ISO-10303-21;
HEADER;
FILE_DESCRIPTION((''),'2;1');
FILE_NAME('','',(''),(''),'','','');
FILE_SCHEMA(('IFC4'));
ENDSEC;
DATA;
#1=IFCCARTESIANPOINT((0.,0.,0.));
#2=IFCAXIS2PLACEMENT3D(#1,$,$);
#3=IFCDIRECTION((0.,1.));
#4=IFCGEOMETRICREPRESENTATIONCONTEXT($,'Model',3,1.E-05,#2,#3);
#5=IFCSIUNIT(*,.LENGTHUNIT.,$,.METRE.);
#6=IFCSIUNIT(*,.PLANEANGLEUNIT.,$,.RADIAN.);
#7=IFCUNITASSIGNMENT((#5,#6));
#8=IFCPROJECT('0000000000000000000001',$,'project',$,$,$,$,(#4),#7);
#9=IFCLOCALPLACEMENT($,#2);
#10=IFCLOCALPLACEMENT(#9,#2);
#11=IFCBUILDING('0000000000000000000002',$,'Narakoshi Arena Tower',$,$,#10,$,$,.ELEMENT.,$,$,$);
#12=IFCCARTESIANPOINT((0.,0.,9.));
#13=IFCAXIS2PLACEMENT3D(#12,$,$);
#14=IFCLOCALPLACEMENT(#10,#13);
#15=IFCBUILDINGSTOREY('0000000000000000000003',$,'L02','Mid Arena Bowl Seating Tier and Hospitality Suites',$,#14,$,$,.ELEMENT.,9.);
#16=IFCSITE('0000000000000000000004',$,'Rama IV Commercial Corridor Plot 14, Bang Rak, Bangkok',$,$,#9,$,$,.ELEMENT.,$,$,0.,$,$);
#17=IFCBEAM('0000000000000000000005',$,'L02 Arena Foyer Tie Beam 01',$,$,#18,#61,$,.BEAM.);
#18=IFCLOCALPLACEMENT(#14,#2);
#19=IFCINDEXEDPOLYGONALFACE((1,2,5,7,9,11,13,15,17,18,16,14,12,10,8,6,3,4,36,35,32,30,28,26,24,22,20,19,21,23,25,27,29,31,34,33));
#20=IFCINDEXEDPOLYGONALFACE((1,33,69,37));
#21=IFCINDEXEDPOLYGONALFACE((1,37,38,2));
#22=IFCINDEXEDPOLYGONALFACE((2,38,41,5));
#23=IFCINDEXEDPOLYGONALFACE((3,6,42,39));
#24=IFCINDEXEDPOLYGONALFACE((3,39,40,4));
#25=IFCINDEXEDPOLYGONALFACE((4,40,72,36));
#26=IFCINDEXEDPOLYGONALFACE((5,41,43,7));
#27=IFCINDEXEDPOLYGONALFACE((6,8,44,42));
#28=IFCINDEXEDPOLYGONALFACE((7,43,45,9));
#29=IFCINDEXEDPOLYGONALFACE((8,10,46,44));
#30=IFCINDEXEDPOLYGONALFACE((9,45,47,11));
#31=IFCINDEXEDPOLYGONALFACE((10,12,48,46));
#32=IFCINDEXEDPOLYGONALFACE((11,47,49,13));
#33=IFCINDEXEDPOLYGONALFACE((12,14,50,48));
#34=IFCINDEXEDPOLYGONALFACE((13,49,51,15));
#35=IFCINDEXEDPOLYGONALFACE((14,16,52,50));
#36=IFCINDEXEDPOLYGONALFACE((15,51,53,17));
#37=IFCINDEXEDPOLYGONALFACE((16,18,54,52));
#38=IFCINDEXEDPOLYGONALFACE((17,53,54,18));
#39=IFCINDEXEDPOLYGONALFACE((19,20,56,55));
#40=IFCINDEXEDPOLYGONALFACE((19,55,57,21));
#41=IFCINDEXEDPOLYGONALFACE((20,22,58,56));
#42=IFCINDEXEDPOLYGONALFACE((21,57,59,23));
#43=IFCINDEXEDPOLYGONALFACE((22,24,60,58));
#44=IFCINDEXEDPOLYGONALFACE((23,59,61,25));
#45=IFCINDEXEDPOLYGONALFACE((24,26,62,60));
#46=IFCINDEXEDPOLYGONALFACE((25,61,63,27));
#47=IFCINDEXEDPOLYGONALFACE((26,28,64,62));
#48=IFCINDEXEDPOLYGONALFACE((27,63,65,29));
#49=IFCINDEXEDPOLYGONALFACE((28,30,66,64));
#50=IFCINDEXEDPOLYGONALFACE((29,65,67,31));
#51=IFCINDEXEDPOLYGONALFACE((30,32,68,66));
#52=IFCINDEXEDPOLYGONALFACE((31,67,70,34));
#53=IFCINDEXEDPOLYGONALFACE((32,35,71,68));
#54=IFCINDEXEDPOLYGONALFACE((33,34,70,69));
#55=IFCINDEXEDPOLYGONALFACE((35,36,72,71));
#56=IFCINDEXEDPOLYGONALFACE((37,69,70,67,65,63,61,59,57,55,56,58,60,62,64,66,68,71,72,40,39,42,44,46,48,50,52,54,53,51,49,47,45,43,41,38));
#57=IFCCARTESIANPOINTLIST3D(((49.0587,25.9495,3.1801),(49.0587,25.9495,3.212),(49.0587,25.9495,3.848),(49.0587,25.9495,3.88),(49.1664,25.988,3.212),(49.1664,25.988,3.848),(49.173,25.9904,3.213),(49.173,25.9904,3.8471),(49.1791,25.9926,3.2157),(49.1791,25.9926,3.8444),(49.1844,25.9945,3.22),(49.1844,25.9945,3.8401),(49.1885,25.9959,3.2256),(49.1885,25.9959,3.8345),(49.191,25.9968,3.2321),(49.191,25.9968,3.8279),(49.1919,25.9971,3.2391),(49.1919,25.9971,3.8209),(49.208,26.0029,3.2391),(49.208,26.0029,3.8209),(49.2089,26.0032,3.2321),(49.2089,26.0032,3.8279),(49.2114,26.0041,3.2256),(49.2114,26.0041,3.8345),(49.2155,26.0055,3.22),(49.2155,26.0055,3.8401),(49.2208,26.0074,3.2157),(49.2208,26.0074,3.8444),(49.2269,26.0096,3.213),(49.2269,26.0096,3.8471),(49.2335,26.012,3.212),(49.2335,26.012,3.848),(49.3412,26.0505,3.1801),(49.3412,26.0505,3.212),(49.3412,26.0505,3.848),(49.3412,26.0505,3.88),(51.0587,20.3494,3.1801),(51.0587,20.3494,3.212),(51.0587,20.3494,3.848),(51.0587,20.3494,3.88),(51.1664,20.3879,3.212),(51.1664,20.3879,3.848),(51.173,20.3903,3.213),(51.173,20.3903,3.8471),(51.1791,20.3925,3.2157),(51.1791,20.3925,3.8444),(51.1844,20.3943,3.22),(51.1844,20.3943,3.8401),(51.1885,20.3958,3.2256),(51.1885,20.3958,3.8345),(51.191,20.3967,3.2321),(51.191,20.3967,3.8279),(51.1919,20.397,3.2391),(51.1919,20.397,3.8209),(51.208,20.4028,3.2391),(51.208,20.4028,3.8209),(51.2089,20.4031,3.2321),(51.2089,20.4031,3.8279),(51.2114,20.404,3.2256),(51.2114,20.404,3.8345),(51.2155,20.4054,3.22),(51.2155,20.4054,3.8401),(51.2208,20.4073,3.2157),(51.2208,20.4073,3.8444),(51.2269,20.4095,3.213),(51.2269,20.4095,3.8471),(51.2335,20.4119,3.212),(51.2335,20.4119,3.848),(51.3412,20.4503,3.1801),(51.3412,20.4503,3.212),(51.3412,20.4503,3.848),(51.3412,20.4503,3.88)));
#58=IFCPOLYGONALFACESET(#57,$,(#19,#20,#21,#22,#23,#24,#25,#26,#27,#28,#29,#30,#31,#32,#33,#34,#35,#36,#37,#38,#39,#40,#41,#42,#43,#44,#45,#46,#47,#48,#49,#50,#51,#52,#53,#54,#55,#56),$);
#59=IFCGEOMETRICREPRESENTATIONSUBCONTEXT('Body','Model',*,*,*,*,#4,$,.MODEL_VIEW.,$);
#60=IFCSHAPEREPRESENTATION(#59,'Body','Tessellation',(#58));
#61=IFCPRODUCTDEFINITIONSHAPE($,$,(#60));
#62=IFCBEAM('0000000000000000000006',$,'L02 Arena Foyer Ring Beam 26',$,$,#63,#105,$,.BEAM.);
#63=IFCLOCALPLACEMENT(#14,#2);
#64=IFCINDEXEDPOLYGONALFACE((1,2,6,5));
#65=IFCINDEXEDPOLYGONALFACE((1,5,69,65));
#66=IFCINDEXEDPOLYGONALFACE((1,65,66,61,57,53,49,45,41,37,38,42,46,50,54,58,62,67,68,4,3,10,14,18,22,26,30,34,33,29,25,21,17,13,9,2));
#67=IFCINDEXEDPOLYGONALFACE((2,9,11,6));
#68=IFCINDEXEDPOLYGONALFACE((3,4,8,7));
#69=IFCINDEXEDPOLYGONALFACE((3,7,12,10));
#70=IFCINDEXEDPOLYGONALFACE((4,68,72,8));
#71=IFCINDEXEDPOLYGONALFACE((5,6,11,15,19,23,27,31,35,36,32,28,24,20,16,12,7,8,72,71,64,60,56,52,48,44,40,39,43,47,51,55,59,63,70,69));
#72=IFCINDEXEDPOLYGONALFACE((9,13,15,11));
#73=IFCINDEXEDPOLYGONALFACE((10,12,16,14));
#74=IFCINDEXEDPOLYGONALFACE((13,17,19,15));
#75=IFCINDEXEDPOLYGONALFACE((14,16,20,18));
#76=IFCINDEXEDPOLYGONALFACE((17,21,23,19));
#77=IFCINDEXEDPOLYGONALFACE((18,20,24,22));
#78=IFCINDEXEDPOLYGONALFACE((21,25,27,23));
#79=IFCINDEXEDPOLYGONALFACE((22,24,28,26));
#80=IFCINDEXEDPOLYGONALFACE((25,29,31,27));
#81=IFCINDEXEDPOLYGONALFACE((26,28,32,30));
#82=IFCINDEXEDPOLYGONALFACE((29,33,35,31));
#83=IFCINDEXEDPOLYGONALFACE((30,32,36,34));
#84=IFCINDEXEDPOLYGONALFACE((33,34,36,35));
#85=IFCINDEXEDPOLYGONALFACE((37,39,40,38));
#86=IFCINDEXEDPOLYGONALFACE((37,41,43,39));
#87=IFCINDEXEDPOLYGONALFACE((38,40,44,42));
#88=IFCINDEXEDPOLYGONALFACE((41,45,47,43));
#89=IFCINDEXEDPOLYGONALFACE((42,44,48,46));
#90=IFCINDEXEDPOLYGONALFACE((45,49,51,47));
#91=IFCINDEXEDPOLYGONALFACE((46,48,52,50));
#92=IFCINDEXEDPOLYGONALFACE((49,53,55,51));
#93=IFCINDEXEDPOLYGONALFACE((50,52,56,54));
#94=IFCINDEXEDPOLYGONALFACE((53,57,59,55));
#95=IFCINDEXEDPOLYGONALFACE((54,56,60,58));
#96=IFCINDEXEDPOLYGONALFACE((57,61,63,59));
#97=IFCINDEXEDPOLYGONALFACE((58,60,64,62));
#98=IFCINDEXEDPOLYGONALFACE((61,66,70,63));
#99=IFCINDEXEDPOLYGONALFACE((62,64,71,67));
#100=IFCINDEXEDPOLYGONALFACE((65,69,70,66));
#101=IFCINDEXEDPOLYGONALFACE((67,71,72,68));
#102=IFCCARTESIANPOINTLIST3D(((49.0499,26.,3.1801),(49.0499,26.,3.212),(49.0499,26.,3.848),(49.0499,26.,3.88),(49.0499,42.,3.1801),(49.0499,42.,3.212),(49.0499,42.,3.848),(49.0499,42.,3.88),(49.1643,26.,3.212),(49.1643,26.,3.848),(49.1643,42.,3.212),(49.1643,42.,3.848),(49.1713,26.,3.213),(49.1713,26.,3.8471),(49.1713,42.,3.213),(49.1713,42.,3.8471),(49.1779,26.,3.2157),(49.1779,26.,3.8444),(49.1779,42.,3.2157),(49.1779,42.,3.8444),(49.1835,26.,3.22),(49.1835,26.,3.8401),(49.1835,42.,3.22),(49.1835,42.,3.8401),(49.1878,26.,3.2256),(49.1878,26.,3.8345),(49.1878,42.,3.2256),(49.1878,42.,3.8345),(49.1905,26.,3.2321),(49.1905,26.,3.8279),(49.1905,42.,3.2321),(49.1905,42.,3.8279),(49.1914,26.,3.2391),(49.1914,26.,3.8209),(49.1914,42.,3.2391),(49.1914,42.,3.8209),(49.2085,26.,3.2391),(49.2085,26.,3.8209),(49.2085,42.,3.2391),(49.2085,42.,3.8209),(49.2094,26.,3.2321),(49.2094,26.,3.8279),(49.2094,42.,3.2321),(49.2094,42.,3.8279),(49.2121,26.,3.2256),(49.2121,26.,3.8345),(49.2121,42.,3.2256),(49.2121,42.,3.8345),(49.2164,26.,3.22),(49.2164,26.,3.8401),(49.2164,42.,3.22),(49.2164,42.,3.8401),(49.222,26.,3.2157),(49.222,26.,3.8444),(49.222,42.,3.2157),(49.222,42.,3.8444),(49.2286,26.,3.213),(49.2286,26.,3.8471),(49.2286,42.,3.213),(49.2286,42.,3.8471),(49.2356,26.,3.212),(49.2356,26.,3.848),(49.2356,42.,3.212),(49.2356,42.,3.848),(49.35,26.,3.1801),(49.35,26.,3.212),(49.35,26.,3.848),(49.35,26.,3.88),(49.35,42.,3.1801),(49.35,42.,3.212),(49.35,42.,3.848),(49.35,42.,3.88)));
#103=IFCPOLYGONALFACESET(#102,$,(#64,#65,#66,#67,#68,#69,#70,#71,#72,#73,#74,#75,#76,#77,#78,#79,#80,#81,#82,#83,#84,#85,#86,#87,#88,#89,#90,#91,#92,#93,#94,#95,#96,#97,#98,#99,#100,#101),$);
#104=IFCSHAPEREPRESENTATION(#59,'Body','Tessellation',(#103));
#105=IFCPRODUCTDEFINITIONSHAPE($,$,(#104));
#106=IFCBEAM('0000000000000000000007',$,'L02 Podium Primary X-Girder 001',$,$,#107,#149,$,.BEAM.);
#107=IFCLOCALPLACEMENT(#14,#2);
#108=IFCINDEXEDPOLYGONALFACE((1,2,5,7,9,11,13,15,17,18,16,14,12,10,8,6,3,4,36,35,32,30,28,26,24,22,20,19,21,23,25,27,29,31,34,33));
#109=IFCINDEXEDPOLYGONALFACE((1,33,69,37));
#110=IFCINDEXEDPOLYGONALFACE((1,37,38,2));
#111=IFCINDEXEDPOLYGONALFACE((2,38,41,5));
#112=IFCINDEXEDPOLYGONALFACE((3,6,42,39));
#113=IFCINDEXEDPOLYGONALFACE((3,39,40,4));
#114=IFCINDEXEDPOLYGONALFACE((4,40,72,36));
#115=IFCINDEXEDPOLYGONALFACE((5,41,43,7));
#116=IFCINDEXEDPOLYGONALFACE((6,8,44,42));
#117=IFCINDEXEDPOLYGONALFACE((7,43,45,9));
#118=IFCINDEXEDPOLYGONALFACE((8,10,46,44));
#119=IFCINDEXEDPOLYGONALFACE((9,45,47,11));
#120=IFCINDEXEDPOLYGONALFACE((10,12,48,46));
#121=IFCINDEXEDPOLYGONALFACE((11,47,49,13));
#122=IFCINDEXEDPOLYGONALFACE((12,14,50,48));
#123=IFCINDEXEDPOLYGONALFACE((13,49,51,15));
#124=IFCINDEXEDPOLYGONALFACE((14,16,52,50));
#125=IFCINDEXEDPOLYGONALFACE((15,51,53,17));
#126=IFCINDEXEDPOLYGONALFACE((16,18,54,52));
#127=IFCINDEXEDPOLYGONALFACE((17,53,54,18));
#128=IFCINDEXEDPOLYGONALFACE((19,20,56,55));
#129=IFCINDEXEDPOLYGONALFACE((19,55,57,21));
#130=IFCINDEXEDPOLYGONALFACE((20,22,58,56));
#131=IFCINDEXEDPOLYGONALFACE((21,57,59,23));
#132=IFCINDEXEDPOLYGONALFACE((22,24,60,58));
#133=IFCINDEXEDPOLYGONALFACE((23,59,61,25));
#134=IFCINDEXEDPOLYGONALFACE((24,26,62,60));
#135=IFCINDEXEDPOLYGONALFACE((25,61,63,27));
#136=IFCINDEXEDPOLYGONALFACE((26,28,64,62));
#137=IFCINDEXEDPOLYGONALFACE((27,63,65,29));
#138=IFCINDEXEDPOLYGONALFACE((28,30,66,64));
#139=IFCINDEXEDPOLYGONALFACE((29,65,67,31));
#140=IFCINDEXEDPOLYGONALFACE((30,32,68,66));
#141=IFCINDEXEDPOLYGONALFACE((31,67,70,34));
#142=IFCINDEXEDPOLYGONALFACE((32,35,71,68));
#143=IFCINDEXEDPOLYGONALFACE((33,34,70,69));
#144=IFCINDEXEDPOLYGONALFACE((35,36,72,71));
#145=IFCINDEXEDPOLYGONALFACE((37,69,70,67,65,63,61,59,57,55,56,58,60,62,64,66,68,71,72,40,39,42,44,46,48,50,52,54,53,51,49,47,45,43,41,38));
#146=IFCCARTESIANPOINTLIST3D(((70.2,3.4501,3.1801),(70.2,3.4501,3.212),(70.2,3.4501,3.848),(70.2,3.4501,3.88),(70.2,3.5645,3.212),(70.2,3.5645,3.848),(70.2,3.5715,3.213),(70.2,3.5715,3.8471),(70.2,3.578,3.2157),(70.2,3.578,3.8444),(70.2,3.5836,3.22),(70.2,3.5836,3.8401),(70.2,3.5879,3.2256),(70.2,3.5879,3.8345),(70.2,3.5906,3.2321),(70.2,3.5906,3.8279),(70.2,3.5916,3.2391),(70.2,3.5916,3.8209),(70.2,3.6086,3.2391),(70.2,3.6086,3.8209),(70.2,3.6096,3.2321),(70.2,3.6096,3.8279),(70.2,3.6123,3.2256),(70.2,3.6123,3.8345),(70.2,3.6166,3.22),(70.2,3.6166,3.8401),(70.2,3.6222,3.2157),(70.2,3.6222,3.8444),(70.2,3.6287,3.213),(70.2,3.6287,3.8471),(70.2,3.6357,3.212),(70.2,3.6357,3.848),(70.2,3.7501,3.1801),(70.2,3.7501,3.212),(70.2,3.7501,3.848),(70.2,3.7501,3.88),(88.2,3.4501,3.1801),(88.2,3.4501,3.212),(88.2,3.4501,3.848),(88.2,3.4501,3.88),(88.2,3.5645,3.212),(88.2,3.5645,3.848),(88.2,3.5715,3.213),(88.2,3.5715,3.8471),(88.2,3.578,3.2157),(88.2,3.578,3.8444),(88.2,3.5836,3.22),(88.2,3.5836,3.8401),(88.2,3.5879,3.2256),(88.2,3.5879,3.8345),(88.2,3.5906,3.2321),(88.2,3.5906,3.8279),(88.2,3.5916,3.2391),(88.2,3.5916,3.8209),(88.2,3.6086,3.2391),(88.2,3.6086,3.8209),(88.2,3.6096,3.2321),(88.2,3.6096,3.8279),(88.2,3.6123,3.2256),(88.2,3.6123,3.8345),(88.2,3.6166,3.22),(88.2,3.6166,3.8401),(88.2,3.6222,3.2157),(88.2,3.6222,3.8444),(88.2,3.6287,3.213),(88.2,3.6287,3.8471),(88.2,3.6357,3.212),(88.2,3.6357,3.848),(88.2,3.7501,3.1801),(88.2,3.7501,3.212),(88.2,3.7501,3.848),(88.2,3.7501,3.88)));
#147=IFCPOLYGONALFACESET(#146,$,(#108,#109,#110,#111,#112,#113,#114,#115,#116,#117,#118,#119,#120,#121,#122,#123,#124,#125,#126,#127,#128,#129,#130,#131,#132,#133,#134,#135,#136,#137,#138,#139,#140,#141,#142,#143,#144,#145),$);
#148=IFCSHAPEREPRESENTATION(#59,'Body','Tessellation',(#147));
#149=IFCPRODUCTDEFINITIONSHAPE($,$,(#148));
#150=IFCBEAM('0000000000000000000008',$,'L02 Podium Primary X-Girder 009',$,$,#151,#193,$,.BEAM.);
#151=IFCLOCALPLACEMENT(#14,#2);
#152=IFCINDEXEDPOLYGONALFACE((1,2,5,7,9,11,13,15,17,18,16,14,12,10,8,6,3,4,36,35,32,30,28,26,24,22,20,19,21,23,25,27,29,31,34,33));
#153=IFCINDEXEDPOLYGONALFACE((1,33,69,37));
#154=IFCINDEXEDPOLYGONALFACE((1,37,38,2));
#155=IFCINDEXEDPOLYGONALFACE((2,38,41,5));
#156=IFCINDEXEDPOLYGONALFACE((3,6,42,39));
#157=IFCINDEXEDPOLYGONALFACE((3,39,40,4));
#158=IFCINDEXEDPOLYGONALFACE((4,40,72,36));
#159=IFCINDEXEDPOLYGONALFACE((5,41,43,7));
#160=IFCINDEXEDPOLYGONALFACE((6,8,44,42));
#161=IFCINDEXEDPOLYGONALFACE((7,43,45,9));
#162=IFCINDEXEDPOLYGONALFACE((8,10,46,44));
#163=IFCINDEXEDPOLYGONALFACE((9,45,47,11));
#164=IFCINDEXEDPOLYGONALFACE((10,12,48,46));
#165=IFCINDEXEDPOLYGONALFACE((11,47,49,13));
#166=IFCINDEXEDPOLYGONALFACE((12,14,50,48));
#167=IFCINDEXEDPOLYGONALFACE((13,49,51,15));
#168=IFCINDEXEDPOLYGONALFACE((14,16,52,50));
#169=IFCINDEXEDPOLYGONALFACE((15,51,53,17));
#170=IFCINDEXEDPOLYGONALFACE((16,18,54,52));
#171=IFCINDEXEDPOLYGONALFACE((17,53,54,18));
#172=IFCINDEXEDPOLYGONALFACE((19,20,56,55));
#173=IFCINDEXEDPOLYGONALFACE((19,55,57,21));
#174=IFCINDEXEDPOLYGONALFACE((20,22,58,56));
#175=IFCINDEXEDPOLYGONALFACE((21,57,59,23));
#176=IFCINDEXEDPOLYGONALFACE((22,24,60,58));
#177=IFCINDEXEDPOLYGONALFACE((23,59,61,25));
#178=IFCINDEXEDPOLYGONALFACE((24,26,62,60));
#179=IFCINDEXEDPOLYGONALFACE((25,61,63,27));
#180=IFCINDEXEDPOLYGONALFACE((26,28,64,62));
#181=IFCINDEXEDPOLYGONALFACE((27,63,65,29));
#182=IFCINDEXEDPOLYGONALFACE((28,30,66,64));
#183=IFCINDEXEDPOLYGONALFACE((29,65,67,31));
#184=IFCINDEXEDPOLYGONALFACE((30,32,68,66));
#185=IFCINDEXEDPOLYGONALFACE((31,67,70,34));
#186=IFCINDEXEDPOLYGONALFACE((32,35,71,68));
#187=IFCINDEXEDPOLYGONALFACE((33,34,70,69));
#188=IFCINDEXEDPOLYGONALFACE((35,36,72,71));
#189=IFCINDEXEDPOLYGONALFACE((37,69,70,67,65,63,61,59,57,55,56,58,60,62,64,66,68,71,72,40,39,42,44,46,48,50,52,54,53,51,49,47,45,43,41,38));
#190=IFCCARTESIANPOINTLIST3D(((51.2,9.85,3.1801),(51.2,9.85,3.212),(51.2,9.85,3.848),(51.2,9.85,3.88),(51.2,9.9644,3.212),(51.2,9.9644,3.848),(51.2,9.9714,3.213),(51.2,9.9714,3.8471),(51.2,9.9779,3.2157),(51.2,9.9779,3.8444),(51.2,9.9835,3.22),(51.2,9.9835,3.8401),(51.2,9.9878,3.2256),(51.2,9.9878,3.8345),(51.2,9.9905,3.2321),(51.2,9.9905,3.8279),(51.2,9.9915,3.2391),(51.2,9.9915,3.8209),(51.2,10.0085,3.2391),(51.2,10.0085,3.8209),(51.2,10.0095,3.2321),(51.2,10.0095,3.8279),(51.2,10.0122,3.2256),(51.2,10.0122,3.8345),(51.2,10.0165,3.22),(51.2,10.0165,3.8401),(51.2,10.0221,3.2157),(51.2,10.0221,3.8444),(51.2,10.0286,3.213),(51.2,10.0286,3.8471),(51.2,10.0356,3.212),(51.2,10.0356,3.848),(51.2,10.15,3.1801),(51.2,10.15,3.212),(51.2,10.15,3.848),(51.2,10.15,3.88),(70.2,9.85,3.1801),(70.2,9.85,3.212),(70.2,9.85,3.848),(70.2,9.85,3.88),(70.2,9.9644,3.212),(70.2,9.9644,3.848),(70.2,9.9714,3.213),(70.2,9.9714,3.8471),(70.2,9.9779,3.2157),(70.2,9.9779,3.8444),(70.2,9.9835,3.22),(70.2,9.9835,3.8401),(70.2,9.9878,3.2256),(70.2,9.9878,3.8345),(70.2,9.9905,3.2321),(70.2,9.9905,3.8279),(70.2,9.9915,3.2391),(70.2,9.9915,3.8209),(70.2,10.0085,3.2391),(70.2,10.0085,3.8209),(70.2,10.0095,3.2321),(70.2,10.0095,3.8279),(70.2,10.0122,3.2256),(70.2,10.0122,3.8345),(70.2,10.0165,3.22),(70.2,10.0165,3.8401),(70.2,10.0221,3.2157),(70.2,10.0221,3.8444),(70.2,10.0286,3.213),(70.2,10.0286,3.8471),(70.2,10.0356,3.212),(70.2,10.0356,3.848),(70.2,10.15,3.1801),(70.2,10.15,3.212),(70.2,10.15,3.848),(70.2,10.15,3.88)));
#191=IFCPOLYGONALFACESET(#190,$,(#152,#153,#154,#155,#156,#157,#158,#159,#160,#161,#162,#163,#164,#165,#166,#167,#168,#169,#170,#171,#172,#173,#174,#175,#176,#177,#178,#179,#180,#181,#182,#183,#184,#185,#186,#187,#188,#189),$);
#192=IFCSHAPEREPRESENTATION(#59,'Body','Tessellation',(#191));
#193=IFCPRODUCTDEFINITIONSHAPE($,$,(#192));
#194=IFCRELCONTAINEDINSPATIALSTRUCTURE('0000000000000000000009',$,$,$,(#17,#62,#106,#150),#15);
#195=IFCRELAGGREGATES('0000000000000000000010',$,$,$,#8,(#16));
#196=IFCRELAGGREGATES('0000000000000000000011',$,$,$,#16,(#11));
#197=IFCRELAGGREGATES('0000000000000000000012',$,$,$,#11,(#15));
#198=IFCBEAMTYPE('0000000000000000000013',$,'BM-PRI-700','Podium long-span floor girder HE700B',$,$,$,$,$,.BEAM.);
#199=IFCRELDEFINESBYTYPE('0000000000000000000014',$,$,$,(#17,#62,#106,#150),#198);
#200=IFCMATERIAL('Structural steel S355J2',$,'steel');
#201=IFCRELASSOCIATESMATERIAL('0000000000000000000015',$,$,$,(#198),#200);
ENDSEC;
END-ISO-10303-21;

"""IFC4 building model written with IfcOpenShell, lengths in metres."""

from ifc_helpers import new_model, si_unit, direction, frame, origin, origin_2d, place, context, subcontext, project, spatial, i_section, extrude, material, material_profile, profile_set, type_object, element, save


model = new_model("IFC4")

# Units and contexts
model_context = context("Model", 3, precision=1e-05, world=origin(), true_north=direction((0.0, 1.0)))
body_context = subcontext(model_context, "Body", "Model", "MODEL_VIEW")
ifc_project = project(units=[si_unit("LENGTHUNIT", "METRE"), si_unit("PLANEANGLEUNIT", "RADIAN")], contexts=[model_context])

# Site, building, storey
site_placement = place(None, origin())
site = spatial("IfcSite", under=ifc_project, at=site_placement, Name="Rama IV Commercial Corridor Plot 14, Bang Rak, Bangkok", CompositionType="ELEMENT", RefElevation=0.0)
building_placement = place(site_placement, origin())
building = spatial("IfcBuilding", under=site, at=building_placement, Name="Narakoshi Arena Tower", CompositionType="ELEMENT")
storey_placement = place(building_placement, frame((0.0, 0.0, 9.0)))
storey = spatial("IfcBuildingStorey", under=building, at=storey_placement, Name="L02", Description="Mid Arena Bowl Seating Tier and Hospitality Suites", CompositionType="ELEMENT", Elevation=9.0)

# Beams
ifc_material_1 = material(Name="Structural steel S355J2", Category="steel")
ifc_material_profile_1 = material_profile(ifc_material_1, i_section(OverallWidth=0.3, OverallDepth=0.7, WebThickness=0.0171, FlangeThickness=0.032, FilletRadius=0.0271, at=origin_2d()), Name="HE700B")
ifc_profile_set_1 = profile_set([ifc_material_profile_1], Name="Structural steel S355J2")
beam_type_1 = type_object("IfcBeamType", Name="BM-PRI-700", Description="Podium long-span floor girder HE700B", PredefinedType="BEAM", material=ifc_profile_set_1)
beam_1_placement = place(storey_placement, frame((49.2, 26.0, 3.53), z_axis=(0.336331, -0.941744, 0.0), x_axis=(0.941744, 0.336331, 0.0)))
element("IfcBeam", 1, at=beam_1_placement, inside=storey, type_object=beam_type_1, Name="L02 Arena Foyer Tie Beam 01", PredefinedType="BEAM", context=body_context, shape_type="SweptSolid", body=[
    extrude(i_section(OverallWidth=0.3, OverallDepth=0.7, WebThickness=0.0171, FlangeThickness=0.032, FilletRadius=0.0271, at=origin_2d()), origin(), (0.0, 0.0, 1.0), 5.9465),
])
beam_2_placement = place(storey_placement, frame((49.2, 26.0, 3.53), z_axis=(0.0, 1.0, 0.0), x_axis=(-1.0, 0.0, 0.0)))
element("IfcBeam", 2, at=beam_2_placement, inside=storey, type_object=beam_type_1, Name="L02 Arena Foyer Ring Beam 26", PredefinedType="BEAM", context=body_context, shape_type="SweptSolid", body=[
    extrude(i_section(OverallWidth=0.3, OverallDepth=0.7, WebThickness=0.0171, FlangeThickness=0.032, FilletRadius=0.0271, at=origin_2d()), origin(), (0.0, 0.0, 1.0), 16.0),
])
beam_3_placement = place(storey_placement, frame((70.2, 3.6001, 3.53), z_axis=(1.0, 0.0, 0.0), x_axis=(0.0, 1.0, 0.0)))
element("IfcBeam", 3, at=beam_3_placement, inside=storey, type_object=beam_type_1, Name="L02 Podium Primary X-Girder 001", PredefinedType="BEAM", context=body_context, shape_type="SweptSolid", body=[
    extrude(i_section(OverallWidth=0.3, OverallDepth=0.7, WebThickness=0.0171, FlangeThickness=0.032, FilletRadius=0.0271, at=origin_2d()), origin(), (0.0, 0.0, 1.0), 18.0),
])
beam_4_placement = place(storey_placement, frame((51.2, 10.0, 3.53), z_axis=(1.0, 0.0, 0.0), x_axis=(0.0, 1.0, 0.0)))
element("IfcBeam", 4, at=beam_4_placement, inside=storey, type_object=beam_type_1, Name="L02 Podium Primary X-Girder 009", PredefinedType="BEAM", context=body_context, shape_type="SweptSolid", body=[
    extrude(i_section(OverallWidth=0.3, OverallDepth=0.7, WebThickness=0.0171, FlangeThickness=0.032, FilletRadius=0.0271, at=origin_2d()), origin(), (0.0, 0.0, 1.0), 19.0),
])

save(model, "model.ifc")
